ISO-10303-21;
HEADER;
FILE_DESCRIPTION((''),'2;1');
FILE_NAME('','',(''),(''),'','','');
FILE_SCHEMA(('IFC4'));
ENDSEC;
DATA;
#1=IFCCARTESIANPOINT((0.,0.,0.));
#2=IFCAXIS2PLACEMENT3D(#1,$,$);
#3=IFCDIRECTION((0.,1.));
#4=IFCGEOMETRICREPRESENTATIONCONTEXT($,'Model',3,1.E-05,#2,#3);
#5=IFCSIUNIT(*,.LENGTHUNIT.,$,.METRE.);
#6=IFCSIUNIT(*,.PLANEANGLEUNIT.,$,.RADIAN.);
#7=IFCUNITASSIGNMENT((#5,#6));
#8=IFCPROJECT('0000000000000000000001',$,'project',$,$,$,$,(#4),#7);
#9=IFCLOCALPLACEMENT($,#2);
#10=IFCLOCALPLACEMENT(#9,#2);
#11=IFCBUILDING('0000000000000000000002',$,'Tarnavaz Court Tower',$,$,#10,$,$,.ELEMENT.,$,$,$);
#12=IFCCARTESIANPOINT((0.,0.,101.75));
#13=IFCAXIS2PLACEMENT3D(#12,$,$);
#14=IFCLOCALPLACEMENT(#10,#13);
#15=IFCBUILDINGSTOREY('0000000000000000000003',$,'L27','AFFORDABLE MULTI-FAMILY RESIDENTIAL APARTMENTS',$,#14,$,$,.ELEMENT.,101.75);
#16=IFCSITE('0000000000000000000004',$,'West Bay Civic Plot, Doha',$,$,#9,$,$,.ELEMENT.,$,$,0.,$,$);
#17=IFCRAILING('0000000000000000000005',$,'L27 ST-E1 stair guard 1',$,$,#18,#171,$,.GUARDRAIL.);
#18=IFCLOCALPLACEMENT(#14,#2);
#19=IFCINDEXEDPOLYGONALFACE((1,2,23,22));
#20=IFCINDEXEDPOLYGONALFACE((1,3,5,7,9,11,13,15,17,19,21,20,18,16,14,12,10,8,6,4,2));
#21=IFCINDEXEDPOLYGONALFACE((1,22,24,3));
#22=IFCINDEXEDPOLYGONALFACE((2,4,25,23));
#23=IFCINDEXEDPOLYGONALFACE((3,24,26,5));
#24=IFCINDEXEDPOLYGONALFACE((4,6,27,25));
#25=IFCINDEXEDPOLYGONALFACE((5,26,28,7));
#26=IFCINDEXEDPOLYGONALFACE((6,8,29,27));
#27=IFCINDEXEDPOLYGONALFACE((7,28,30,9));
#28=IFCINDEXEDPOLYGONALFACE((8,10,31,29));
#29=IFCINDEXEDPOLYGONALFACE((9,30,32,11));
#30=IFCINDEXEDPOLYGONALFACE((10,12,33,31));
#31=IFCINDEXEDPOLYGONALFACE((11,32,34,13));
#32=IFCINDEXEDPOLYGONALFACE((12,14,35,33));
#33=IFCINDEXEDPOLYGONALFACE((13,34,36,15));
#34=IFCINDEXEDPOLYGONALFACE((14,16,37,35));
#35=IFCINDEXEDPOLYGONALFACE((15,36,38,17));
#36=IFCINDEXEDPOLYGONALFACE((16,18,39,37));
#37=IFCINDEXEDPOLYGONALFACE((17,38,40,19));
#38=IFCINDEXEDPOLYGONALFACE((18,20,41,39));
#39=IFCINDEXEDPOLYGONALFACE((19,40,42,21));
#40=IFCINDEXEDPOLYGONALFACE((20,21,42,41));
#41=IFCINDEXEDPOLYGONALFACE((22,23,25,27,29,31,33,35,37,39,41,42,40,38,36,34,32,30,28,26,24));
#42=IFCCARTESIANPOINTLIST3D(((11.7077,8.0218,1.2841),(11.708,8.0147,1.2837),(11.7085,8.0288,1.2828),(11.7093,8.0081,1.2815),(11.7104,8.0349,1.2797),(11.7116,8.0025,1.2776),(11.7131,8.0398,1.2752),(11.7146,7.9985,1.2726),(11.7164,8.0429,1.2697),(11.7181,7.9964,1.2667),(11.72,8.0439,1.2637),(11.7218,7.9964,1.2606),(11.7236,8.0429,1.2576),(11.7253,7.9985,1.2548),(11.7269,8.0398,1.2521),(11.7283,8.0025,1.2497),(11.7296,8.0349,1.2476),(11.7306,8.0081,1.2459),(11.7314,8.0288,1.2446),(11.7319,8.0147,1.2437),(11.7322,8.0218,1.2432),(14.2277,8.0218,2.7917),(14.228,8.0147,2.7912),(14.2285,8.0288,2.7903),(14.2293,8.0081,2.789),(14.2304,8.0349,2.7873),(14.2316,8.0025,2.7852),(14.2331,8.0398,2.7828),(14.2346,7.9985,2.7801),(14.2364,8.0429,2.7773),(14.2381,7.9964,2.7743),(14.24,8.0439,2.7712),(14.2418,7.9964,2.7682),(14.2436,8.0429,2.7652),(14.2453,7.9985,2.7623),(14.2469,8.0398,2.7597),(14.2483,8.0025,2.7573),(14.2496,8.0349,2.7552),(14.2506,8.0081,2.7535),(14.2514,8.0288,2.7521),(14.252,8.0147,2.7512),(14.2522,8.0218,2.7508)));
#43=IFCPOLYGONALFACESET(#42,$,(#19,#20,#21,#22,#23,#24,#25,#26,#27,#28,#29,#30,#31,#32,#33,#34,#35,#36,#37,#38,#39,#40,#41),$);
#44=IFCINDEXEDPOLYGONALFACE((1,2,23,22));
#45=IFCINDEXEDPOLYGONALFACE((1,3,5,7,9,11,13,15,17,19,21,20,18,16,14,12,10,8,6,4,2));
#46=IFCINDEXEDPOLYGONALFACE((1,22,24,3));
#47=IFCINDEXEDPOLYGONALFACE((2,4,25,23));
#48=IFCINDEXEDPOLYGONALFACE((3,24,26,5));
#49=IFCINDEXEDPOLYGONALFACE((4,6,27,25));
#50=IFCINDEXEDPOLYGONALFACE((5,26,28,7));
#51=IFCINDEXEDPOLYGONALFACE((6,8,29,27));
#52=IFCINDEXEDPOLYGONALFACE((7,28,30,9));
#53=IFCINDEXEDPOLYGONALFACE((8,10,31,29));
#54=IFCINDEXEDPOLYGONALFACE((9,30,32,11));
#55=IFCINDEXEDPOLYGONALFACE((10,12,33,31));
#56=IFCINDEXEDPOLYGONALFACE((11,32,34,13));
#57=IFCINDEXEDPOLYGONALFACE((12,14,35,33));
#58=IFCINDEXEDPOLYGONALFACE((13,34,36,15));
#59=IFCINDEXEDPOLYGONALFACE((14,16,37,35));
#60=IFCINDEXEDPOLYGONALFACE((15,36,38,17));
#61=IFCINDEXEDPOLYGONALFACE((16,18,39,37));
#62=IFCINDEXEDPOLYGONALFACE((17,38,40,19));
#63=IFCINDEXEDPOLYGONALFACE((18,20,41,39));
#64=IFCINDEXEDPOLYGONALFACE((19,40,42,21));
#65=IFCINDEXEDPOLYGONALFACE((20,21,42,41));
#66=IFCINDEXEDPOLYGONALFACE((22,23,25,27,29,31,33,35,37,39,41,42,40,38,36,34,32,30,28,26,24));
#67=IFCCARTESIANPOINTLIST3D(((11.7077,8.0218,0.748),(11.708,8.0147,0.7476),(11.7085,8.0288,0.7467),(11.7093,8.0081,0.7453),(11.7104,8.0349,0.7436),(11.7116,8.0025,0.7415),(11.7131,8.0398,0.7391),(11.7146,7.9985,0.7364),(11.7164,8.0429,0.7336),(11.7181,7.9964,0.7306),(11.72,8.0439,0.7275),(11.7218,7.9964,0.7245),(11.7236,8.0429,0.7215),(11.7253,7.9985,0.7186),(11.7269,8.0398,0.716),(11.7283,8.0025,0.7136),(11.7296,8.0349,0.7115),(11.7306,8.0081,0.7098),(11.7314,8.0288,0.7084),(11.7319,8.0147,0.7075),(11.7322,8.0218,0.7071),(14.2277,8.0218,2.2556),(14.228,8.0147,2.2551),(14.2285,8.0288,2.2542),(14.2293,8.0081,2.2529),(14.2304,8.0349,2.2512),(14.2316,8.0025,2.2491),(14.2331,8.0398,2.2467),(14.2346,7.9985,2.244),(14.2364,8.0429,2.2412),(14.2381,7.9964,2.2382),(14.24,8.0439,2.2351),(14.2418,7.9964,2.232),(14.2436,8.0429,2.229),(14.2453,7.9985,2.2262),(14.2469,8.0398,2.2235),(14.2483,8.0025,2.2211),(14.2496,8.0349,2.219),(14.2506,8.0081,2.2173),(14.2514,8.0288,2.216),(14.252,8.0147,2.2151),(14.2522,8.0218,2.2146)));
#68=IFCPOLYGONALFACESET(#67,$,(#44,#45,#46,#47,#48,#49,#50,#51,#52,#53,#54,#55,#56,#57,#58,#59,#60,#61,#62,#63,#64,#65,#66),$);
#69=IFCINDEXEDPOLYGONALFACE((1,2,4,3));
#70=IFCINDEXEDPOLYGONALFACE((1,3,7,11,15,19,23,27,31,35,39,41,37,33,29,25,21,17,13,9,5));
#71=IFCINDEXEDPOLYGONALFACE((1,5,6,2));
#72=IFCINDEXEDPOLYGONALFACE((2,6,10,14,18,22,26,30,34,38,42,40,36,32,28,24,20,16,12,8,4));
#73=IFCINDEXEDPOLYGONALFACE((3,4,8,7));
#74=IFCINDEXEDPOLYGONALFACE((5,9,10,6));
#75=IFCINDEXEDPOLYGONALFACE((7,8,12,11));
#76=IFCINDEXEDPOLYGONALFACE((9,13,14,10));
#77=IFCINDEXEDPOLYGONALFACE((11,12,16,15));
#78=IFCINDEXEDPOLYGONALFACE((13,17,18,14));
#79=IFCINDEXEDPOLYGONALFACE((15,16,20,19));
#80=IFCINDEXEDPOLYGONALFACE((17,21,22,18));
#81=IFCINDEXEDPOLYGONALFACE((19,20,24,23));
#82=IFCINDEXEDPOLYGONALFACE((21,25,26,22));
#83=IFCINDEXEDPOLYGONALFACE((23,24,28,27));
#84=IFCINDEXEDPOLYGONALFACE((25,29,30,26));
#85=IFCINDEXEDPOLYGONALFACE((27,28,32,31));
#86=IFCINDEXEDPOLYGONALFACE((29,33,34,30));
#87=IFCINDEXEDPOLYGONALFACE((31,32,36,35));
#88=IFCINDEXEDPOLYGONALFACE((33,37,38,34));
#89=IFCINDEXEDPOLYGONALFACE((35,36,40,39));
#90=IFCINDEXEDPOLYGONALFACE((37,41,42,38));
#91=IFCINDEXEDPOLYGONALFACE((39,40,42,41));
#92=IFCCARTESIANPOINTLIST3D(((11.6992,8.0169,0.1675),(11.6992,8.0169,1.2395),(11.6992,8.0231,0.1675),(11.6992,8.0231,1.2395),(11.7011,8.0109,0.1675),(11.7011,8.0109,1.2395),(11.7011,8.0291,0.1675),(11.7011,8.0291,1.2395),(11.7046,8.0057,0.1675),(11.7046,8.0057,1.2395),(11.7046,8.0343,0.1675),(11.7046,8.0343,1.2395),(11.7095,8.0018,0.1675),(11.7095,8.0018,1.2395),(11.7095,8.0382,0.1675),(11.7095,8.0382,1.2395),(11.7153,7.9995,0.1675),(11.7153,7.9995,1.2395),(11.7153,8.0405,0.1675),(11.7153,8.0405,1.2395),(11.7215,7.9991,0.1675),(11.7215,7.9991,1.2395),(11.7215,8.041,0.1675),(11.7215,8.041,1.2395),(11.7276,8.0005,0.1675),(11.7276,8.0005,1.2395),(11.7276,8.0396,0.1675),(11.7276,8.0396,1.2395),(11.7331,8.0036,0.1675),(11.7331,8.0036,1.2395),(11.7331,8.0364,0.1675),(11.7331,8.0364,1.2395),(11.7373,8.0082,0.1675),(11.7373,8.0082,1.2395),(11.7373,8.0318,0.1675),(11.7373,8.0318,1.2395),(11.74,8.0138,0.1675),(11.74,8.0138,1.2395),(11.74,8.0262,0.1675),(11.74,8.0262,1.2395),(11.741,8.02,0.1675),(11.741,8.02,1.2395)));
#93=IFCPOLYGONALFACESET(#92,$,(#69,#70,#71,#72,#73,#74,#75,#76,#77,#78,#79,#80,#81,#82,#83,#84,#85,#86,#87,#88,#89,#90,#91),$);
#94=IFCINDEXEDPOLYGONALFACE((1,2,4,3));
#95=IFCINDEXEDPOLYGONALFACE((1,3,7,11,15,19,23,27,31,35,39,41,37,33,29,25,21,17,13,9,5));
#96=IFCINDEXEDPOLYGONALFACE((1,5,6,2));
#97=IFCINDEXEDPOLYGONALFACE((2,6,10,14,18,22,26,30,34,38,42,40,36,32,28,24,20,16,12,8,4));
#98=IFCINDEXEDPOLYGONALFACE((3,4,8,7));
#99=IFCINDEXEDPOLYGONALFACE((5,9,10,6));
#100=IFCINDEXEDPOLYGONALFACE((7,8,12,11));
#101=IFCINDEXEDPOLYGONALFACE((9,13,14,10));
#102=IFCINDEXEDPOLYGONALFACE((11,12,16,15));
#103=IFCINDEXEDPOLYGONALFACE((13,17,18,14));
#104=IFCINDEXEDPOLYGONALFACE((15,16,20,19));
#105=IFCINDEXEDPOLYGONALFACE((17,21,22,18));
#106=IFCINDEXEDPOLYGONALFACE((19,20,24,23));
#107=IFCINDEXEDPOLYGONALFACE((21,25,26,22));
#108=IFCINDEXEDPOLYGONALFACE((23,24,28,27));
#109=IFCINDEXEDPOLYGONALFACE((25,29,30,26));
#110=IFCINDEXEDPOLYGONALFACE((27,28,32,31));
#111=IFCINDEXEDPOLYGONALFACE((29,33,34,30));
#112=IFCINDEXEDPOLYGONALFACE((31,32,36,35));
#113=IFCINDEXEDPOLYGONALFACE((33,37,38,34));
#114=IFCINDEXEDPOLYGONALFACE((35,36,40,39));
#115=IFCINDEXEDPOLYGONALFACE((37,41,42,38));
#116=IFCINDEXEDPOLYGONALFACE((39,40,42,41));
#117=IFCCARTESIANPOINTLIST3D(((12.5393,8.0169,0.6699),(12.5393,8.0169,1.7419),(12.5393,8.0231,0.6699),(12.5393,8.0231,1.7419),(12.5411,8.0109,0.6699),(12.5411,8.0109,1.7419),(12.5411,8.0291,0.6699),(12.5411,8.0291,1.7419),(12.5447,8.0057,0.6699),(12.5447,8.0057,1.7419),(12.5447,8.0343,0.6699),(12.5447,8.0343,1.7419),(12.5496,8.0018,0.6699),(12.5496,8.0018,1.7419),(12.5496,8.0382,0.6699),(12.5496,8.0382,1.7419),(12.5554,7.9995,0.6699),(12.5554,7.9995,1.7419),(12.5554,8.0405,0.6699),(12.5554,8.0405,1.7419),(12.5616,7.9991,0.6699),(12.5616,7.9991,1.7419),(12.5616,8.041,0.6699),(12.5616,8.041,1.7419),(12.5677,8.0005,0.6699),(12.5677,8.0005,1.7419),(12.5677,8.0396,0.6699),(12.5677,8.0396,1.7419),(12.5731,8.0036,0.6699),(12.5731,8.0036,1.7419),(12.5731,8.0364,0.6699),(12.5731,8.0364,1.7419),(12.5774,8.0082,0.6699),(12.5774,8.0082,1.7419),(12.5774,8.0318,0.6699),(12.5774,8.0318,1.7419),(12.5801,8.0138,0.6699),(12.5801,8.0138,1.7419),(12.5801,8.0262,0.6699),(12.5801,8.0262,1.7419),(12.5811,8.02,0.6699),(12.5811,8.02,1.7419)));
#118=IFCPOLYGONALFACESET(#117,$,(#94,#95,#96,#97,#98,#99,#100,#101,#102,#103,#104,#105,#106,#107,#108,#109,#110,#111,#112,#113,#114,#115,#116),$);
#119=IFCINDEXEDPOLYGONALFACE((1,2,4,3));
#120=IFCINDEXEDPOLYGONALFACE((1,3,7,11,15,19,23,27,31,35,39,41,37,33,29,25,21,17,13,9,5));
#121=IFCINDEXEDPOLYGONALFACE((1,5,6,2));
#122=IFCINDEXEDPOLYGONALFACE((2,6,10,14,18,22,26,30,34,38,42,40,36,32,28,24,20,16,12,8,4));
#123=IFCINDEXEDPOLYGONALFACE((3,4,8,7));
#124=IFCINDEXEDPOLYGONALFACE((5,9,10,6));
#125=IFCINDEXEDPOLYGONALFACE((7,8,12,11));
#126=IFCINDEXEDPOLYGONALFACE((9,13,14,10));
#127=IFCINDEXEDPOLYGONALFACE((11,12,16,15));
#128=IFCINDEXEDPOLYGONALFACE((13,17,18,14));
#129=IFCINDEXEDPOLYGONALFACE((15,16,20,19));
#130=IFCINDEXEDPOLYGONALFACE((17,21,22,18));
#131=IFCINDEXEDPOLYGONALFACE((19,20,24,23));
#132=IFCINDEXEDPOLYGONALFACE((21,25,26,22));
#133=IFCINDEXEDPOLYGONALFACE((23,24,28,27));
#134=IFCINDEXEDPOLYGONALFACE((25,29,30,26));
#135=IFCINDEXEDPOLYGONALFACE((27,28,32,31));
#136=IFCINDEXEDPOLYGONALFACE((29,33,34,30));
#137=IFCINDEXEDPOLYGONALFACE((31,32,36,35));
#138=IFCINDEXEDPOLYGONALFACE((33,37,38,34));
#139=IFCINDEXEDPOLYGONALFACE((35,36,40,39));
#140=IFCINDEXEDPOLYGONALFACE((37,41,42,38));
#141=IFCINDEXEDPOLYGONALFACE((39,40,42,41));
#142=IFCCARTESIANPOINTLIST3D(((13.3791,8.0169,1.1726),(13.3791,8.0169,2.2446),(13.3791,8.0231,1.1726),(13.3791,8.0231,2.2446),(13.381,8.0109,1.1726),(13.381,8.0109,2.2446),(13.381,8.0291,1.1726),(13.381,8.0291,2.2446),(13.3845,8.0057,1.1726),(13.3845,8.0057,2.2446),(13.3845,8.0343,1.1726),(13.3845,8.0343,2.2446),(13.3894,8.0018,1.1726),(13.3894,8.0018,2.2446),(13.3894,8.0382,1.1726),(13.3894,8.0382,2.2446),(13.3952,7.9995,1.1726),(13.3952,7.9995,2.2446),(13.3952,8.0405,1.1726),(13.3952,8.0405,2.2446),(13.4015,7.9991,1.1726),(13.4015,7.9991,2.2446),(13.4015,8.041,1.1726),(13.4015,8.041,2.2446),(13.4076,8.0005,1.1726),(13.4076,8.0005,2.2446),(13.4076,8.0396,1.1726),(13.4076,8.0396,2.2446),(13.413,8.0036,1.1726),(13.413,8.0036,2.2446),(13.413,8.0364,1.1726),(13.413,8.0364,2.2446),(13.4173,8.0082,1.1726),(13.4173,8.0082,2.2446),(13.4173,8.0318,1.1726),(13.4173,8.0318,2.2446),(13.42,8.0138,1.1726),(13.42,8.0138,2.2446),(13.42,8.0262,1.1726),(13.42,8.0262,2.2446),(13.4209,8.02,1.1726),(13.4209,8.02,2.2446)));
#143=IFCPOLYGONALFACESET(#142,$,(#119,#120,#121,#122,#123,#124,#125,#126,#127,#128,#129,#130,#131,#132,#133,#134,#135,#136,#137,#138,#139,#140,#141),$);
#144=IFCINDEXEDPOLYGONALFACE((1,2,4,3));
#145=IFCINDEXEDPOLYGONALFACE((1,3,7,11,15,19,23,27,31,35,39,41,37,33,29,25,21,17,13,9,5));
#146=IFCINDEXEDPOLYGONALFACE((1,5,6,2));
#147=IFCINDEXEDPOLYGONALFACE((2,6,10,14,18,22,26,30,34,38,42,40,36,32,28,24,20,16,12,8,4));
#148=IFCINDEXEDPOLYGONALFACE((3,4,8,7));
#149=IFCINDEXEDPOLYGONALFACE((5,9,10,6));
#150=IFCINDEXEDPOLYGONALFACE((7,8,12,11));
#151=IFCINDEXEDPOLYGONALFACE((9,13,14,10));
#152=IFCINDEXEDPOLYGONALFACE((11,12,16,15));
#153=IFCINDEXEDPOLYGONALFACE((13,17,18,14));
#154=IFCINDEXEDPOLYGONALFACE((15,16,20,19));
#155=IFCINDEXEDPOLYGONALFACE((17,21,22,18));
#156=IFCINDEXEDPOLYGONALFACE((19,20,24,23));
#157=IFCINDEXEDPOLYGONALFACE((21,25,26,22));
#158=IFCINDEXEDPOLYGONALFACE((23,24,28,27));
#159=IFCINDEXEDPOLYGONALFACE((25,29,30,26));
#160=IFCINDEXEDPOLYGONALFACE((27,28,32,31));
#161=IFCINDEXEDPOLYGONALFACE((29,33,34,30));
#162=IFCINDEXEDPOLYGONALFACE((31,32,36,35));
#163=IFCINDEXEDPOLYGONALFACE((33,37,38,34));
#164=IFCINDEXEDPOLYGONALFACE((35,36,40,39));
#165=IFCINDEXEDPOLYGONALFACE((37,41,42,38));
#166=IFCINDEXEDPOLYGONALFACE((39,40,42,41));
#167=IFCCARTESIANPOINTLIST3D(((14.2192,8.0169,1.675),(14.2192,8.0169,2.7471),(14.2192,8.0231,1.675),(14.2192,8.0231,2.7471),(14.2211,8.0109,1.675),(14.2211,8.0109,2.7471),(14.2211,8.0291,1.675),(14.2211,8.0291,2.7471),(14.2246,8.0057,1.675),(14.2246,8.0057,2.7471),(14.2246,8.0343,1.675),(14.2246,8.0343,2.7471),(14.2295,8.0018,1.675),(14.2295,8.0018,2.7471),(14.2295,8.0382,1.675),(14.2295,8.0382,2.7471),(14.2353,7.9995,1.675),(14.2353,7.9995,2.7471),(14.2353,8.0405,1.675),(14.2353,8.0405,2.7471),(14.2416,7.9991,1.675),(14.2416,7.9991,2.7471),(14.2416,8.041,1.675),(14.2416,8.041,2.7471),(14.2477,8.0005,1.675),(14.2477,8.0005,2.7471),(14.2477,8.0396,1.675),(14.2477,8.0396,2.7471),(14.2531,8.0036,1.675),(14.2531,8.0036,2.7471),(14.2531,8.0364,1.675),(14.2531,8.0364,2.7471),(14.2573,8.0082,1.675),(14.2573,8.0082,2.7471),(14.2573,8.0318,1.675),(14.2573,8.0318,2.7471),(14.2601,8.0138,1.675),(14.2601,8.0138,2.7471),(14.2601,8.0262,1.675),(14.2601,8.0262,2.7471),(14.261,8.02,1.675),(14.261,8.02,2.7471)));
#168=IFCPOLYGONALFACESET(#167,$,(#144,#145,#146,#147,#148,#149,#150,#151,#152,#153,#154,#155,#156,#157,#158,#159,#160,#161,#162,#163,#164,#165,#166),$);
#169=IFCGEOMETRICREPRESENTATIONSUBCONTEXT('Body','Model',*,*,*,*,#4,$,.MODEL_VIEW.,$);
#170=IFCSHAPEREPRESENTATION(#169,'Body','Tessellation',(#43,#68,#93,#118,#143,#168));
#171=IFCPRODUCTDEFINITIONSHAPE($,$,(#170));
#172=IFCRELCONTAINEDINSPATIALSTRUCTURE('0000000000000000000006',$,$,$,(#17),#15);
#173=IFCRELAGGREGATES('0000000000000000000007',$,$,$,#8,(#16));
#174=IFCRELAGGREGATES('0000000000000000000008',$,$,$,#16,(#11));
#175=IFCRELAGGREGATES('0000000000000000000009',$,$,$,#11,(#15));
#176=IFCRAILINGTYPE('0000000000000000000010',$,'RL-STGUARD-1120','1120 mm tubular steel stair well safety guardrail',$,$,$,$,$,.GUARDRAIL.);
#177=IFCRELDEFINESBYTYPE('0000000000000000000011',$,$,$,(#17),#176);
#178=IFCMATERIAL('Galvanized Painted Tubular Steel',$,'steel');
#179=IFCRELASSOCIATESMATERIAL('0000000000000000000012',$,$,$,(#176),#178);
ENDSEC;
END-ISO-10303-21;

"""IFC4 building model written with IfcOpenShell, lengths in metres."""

from ifc_helpers import new_model, si_unit, direction, frame, origin, origin_2d, place, context, subcontext, project, spatial, circle, extrude, material, type_object, element, save


model = new_model("IFC4")

# Units and contexts
model_context = context("Model", 3, precision=1e-05, world=origin(), true_north=direction((0.0, 1.0)))
body_context = subcontext(model_context, "Body", "Model", "MODEL_VIEW")
ifc_project = project(units=[si_unit("LENGTHUNIT", "METRE"), si_unit("PLANEANGLEUNIT", "RADIAN")], contexts=[model_context])

# Site, building, storey
site_placement = place(None, origin())
site = spatial("IfcSite", under=ifc_project, at=site_placement, Name="West Bay Civic Plot, Doha", CompositionType="ELEMENT", RefElevation=0.0)
building_placement = place(site_placement, origin())
building = spatial("IfcBuilding", under=site, at=building_placement, Name="Tarnavaz Court Tower", CompositionType="ELEMENT")
storey_placement = place(building_placement, frame((0.0, 0.0, 101.75)))
storey = spatial("IfcBuildingStorey", under=building, at=storey_placement, Name="L27", Description="AFFORDABLE MULTI-FAMILY RESIDENTIAL APARTMENTS", CompositionType="ELEMENT", Elevation=101.75)

# Railing
ifc_material_1 = material(Name="Galvanized Painted Tubular Steel", Category="steel")
railing_type_1 = type_object("IfcRailingType", Name="RL-STGUARD-1120", Description="1120 mm tubular steel stair well safety guardrail", PredefinedType="GUARDRAIL", material=ifc_material_1)
railing_1_placement = place(storey_placement, frame((11.72, 8.02, 0.1675)))
element("IfcRailing", 1, at=railing_1_placement, inside=storey, type_object=railing_type_1, Name="L27 ST-E1 stair guard 1", PredefinedType="GUARDRAIL", context=body_context, shape_type="SweptSolid", body=[
    extrude(circle(Radius=0.0239, at=origin_2d()), frame((0.0, 0.0, 1.0962), z_axis=(0.85816, 0.0, 0.513383), x_axis=(0.0, 1.0, 0.0)), (0.0, 0.0, 1.0), 2.9365),
    extrude(circle(Radius=0.0239, at=origin_2d()), frame((0.0, 0.0, 0.5601), z_axis=(0.85816, 0.0, 0.513383), x_axis=(0.0, 1.0, 0.0)), (0.0, 0.0, 1.0), 2.9365),
    extrude(circle(Radius=0.021, at=origin_2d()), origin(), (0.0, 0.0, 1.0), 1.072),
    extrude(circle(Radius=0.021, at=origin_2d()), frame((0.8401, 0.0, 0.5024)), (0.0, 0.0, 1.0), 1.072),
    extrude(circle(Radius=0.021, at=origin_2d()), frame((1.6799, 0.0, 1.0051)), (0.0, 0.0, 1.0), 1.072),
    extrude(circle(Radius=0.021, at=origin_2d()), frame((2.52, 0.0, 1.5076)), (0.0, 0.0, 1.0), 1.072),
])

save(model, "model.ifc")
